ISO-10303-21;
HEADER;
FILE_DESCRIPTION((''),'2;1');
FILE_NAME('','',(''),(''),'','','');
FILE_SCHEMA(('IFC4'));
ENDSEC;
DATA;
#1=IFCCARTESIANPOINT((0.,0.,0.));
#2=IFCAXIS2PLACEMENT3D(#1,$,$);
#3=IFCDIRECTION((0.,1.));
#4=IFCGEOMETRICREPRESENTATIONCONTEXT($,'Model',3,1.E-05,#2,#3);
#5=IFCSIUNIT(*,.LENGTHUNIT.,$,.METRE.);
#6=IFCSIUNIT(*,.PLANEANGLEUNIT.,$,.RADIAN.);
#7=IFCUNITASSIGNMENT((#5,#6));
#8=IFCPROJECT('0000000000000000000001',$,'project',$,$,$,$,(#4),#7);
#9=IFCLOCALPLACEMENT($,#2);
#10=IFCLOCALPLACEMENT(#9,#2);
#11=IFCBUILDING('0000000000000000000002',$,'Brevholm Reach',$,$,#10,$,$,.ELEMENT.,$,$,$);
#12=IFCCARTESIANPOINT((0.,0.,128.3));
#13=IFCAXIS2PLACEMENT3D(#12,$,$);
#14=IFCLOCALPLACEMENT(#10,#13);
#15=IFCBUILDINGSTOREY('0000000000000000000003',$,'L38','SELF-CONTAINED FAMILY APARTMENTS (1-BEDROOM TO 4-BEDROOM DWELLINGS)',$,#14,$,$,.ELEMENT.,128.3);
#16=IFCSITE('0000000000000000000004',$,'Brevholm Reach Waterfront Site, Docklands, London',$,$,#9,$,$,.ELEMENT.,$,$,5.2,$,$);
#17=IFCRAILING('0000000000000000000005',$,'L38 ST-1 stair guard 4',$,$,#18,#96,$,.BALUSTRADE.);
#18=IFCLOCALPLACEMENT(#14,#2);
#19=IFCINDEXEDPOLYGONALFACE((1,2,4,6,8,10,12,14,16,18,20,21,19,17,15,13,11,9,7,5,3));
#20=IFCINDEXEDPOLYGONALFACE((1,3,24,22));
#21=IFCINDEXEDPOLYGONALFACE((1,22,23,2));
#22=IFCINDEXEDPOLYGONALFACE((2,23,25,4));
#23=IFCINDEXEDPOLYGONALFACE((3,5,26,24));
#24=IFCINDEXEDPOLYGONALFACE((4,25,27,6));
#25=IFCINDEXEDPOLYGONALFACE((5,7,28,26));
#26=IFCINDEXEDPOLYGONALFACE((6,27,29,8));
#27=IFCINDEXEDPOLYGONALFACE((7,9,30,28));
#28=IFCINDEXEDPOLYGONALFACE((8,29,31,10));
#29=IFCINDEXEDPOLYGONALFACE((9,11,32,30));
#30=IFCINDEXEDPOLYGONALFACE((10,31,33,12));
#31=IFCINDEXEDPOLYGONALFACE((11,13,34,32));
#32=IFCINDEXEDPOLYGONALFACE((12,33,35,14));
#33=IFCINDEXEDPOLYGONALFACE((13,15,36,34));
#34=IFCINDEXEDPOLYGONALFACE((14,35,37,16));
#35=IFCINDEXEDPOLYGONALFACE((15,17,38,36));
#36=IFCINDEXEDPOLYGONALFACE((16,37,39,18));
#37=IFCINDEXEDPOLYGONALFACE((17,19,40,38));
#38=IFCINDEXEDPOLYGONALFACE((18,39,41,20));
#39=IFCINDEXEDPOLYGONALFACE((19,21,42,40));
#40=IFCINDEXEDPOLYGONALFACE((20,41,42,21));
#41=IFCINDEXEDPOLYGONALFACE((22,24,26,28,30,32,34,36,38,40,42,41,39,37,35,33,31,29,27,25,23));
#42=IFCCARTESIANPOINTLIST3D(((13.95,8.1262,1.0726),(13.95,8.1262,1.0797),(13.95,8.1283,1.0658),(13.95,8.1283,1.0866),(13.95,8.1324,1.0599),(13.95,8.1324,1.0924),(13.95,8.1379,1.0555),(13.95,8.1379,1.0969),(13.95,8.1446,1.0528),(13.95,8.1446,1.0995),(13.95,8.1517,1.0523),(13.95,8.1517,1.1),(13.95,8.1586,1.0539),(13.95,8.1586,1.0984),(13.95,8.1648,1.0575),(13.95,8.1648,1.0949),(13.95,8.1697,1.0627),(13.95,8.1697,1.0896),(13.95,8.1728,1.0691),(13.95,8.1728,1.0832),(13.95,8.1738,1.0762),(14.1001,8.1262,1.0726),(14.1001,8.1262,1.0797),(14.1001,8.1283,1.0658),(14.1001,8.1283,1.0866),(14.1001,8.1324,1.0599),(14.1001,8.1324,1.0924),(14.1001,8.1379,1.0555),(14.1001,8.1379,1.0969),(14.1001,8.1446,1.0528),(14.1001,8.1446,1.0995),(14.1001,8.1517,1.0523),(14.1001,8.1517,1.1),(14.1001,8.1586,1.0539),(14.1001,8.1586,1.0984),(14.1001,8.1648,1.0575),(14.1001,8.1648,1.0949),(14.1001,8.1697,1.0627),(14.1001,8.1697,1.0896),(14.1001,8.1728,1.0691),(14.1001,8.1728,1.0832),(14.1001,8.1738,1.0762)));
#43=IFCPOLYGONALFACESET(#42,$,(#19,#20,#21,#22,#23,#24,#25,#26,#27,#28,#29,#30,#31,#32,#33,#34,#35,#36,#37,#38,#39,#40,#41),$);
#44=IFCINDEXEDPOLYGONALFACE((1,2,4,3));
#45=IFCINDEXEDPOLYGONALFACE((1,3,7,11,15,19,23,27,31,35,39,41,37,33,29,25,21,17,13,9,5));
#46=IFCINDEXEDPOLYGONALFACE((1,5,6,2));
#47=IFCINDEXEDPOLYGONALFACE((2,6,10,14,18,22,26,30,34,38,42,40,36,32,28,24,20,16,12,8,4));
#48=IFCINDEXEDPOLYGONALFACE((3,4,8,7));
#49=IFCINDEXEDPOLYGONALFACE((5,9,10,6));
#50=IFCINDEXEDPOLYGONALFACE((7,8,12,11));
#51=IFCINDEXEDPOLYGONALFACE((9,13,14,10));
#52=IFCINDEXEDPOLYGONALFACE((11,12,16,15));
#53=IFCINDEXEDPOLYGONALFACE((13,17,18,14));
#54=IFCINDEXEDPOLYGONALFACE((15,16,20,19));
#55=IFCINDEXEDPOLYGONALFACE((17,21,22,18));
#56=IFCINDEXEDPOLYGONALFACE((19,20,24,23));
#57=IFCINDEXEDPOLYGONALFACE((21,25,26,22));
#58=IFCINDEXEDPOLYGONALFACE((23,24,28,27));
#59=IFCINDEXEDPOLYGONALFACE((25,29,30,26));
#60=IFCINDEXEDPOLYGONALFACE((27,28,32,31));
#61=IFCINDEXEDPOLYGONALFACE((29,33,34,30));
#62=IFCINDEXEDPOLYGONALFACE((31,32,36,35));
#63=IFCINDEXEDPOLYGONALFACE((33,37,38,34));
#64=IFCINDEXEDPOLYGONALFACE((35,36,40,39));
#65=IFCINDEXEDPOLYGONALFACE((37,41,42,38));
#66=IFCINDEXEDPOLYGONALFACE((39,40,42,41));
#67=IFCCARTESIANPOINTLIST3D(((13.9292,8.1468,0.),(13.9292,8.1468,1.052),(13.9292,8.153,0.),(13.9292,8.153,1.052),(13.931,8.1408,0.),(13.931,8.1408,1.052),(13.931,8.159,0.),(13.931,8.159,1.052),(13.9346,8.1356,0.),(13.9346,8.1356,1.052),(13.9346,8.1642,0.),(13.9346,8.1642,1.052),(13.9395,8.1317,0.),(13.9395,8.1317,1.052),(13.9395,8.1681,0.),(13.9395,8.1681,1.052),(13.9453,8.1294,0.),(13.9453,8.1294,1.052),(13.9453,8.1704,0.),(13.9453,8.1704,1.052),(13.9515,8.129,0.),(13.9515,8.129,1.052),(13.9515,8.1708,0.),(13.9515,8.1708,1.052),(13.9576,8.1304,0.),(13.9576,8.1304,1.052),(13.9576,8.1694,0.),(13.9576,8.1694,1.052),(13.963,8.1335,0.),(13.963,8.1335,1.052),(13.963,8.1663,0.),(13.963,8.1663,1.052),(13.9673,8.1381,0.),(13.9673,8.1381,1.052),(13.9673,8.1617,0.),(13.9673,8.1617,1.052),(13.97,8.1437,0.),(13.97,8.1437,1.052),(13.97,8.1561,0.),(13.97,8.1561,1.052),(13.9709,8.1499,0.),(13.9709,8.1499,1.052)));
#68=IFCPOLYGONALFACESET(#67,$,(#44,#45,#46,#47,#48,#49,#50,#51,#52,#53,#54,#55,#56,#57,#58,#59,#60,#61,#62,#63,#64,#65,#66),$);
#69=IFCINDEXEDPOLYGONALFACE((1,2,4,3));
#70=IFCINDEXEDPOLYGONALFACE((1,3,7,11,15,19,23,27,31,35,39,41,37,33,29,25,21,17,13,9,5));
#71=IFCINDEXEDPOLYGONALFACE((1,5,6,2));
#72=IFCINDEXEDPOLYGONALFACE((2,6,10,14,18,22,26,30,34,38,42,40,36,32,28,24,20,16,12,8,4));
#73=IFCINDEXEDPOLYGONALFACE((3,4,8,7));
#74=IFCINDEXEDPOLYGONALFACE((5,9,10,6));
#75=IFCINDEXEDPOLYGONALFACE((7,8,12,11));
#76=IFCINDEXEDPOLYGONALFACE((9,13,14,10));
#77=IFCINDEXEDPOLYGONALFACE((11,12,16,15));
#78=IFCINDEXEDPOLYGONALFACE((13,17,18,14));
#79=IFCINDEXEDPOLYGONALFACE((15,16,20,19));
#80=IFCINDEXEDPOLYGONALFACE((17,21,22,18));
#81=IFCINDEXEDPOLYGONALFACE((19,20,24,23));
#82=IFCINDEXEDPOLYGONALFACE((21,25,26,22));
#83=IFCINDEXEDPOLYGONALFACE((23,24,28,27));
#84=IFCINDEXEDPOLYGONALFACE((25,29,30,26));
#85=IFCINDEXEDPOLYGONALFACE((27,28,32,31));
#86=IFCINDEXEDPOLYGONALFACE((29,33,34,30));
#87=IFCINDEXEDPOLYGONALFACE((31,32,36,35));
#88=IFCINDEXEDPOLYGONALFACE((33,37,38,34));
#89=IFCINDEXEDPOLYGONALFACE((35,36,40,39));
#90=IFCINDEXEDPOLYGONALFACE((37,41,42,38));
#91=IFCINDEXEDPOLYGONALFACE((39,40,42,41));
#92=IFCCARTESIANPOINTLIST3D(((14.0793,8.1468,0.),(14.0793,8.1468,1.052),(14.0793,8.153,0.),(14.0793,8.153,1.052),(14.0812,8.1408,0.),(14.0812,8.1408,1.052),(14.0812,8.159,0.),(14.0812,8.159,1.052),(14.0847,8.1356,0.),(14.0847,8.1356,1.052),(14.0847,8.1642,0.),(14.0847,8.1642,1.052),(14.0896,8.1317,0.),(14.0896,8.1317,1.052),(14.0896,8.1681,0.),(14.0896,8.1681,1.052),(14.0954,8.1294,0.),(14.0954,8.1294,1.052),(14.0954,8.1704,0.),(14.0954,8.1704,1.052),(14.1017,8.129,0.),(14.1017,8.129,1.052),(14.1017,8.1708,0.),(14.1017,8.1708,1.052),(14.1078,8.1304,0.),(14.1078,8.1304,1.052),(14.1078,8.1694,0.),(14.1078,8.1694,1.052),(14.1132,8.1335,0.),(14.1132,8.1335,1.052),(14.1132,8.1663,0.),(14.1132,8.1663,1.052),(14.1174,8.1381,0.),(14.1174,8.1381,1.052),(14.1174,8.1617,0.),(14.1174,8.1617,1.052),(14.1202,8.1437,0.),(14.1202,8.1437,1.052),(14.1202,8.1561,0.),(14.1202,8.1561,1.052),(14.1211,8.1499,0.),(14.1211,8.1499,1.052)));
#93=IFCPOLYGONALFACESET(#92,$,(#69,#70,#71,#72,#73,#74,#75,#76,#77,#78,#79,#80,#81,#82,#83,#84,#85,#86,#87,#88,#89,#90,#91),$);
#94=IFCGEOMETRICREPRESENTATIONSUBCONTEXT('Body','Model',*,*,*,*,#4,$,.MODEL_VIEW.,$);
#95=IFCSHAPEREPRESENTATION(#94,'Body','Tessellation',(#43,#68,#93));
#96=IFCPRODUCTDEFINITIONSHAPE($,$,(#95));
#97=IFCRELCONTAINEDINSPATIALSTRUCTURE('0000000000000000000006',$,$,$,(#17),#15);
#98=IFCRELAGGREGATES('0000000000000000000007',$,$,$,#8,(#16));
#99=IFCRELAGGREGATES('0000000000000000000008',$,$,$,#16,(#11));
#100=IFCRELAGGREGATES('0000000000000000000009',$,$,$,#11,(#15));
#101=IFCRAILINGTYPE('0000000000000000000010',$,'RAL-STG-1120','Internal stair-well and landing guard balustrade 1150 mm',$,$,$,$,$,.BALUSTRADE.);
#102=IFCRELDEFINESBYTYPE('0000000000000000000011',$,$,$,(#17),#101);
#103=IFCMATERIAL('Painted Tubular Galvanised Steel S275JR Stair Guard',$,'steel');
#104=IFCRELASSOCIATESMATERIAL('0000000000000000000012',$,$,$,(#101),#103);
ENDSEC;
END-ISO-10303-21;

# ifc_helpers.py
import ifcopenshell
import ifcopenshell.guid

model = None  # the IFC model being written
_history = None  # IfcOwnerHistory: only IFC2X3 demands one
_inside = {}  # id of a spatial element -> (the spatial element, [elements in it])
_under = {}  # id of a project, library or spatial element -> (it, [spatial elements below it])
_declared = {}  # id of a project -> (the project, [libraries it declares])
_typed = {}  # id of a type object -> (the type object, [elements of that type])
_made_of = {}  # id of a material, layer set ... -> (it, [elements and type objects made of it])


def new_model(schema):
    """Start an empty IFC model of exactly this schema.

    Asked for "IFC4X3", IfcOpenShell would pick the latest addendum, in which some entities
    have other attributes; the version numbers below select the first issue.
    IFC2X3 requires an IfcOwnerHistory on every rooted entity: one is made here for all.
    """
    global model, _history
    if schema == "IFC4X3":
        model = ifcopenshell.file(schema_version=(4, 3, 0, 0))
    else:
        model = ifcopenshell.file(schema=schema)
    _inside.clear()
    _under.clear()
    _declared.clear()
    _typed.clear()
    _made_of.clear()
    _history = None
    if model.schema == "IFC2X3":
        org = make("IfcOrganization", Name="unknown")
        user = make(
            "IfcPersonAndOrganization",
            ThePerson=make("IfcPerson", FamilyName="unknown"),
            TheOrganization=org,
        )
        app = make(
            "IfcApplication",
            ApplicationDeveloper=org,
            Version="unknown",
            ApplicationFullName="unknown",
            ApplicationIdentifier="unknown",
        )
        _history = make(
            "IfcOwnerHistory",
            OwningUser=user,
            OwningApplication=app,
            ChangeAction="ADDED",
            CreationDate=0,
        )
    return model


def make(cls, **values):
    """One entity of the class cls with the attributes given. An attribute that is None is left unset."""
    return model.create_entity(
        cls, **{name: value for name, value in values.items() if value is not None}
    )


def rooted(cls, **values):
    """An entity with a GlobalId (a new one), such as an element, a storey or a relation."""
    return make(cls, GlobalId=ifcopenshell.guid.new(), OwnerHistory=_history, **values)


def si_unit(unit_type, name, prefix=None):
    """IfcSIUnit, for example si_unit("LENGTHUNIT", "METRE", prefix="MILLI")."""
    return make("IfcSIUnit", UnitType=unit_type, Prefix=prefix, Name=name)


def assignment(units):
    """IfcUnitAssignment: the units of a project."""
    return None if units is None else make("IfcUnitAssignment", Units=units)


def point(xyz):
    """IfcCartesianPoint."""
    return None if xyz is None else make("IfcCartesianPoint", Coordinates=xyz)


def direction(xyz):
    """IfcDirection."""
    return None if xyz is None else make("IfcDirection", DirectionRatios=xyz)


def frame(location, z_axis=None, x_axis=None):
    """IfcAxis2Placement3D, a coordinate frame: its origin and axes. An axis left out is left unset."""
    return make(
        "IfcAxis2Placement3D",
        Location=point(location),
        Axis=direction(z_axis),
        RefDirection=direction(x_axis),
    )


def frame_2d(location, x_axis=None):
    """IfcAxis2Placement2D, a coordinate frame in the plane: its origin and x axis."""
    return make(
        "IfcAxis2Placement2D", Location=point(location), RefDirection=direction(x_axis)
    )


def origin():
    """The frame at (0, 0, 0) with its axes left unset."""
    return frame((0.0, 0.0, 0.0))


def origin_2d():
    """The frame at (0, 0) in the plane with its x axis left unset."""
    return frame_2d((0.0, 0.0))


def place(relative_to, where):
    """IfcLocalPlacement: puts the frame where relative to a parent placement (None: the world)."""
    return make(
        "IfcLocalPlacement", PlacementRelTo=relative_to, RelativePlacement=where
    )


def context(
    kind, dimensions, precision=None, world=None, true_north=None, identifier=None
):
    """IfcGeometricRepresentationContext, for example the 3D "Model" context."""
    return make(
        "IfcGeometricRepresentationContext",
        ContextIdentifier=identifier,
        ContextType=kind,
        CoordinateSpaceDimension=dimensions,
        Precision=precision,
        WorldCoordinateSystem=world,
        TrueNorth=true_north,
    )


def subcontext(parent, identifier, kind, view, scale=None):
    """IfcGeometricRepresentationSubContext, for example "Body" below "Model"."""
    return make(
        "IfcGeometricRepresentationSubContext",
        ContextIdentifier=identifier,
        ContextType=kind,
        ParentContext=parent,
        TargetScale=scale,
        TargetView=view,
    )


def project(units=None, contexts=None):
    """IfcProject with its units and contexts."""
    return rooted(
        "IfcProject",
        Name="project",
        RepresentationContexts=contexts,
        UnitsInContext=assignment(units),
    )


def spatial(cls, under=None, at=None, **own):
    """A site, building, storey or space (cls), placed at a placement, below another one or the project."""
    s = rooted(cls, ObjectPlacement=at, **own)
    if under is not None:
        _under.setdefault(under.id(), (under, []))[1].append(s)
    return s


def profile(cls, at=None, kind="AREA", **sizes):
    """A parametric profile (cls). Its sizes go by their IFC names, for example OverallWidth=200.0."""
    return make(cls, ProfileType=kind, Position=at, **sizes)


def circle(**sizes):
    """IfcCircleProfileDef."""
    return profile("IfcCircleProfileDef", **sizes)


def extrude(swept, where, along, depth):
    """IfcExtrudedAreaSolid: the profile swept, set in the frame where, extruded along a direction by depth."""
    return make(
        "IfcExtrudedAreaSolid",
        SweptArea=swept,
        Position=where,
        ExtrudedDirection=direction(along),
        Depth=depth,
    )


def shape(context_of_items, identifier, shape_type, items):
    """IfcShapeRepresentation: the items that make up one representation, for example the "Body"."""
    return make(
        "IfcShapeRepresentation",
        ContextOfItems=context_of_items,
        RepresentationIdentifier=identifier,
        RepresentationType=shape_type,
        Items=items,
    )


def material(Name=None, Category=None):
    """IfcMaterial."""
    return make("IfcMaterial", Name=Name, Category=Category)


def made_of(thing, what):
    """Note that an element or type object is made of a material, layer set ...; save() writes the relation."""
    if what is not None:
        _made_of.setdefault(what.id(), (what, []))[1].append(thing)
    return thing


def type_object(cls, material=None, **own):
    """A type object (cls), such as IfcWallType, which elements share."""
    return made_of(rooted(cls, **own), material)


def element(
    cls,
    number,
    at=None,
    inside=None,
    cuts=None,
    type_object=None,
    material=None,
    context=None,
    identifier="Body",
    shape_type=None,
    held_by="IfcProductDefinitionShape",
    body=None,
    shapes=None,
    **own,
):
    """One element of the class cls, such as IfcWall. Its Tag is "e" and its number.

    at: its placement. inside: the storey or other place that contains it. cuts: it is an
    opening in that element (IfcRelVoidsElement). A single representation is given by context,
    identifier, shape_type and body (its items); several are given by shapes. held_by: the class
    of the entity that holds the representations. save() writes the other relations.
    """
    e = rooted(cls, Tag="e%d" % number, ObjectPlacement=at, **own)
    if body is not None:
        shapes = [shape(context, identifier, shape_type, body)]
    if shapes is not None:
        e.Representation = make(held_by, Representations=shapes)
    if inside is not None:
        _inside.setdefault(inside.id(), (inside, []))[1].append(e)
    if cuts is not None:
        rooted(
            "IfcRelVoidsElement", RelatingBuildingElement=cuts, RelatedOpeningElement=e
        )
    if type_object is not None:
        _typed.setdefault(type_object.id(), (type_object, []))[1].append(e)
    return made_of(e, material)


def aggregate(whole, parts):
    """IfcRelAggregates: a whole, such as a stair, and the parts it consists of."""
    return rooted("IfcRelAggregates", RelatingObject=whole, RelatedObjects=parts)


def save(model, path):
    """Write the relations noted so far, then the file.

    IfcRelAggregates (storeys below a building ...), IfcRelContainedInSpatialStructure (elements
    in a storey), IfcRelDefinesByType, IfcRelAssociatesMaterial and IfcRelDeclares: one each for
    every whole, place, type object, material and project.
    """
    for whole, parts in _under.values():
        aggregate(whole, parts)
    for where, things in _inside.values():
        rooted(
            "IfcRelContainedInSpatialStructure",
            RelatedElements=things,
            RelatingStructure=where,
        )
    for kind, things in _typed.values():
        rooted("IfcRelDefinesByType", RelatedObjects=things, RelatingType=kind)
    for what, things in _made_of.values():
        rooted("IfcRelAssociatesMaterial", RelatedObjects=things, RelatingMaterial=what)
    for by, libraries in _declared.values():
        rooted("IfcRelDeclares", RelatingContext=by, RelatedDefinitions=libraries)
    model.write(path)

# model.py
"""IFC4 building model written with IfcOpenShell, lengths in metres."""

from ifc_helpers import new_model, si_unit, direction, frame, origin, origin_2d, place, context, subcontext, project, spatial, circle, extrude, material, type_object, element, save


model = new_model("IFC4")

# Units and contexts
model_context = context("Model", 3, precision=1e-05, world=origin(), true_north=direction((0.0, 1.0)))
body_context = subcontext(model_context, "Body", "Model", "MODEL_VIEW")
ifc_project = project(units=[si_unit("LENGTHUNIT", "METRE"), si_unit("PLANEANGLEUNIT", "RADIAN")], contexts=[model_context])

# Site, building, storey
site_placement = place(None, origin())
site = spatial("IfcSite", under=ifc_project, at=site_placement, Name="Brevholm Reach Waterfront Site, Docklands, London", CompositionType="ELEMENT", RefElevation=5.2)
building_placement = place(site_placement, origin())
building = spatial("IfcBuilding", under=site, at=building_placement, Name="Brevholm Reach", CompositionType="ELEMENT")
storey_placement = place(building_placement, frame((0.0, 0.0, 128.3)))
storey = spatial("IfcBuildingStorey", under=building, at=storey_placement, Name="L38", Description="SELF-CONTAINED FAMILY APARTMENTS (1-BEDROOM TO 4-BEDROOM DWELLINGS)", CompositionType="ELEMENT", Elevation=128.3)

# Railing
ifc_material_1 = material(Name="Painted Tubular Galvanised Steel S275JR Stair Guard", Category="steel")
railing_type_1 = type_object("IfcRailingType", Name="RAL-STG-1120", Description="Internal stair-well and landing guard balustrade 1150 mm", PredefinedType="BALUSTRADE", material=ifc_material_1)
railing_1_placement = place(storey_placement, frame((13.95, 8.1499, 0.0)))
element("IfcRailing", 1, at=railing_1_placement, inside=storey, type_object=railing_type_1, Name="L38 ST-1 stair guard 4", PredefinedType="BALUSTRADE", context=body_context, shape_type="SweptSolid", body=[
    extrude(circle(Radius=0.0239, at=origin_2d()), frame((0.0, 0.0, 1.0762), z_axis=(1.0, 0.0, 0.0), x_axis=(0.0, 1.0, 0.0)), (0.0, 0.0, 1.0), 0.1501),
    extrude(circle(Radius=0.021, at=origin_2d()), origin(), (0.0, 0.0, 1.0), 1.052),
    extrude(circle(Radius=0.021, at=origin_2d()), frame((0.1501, 0.0, 0.0)), (0.0, 0.0, 1.0), 1.052),
])

save(model, "model.ifc")
